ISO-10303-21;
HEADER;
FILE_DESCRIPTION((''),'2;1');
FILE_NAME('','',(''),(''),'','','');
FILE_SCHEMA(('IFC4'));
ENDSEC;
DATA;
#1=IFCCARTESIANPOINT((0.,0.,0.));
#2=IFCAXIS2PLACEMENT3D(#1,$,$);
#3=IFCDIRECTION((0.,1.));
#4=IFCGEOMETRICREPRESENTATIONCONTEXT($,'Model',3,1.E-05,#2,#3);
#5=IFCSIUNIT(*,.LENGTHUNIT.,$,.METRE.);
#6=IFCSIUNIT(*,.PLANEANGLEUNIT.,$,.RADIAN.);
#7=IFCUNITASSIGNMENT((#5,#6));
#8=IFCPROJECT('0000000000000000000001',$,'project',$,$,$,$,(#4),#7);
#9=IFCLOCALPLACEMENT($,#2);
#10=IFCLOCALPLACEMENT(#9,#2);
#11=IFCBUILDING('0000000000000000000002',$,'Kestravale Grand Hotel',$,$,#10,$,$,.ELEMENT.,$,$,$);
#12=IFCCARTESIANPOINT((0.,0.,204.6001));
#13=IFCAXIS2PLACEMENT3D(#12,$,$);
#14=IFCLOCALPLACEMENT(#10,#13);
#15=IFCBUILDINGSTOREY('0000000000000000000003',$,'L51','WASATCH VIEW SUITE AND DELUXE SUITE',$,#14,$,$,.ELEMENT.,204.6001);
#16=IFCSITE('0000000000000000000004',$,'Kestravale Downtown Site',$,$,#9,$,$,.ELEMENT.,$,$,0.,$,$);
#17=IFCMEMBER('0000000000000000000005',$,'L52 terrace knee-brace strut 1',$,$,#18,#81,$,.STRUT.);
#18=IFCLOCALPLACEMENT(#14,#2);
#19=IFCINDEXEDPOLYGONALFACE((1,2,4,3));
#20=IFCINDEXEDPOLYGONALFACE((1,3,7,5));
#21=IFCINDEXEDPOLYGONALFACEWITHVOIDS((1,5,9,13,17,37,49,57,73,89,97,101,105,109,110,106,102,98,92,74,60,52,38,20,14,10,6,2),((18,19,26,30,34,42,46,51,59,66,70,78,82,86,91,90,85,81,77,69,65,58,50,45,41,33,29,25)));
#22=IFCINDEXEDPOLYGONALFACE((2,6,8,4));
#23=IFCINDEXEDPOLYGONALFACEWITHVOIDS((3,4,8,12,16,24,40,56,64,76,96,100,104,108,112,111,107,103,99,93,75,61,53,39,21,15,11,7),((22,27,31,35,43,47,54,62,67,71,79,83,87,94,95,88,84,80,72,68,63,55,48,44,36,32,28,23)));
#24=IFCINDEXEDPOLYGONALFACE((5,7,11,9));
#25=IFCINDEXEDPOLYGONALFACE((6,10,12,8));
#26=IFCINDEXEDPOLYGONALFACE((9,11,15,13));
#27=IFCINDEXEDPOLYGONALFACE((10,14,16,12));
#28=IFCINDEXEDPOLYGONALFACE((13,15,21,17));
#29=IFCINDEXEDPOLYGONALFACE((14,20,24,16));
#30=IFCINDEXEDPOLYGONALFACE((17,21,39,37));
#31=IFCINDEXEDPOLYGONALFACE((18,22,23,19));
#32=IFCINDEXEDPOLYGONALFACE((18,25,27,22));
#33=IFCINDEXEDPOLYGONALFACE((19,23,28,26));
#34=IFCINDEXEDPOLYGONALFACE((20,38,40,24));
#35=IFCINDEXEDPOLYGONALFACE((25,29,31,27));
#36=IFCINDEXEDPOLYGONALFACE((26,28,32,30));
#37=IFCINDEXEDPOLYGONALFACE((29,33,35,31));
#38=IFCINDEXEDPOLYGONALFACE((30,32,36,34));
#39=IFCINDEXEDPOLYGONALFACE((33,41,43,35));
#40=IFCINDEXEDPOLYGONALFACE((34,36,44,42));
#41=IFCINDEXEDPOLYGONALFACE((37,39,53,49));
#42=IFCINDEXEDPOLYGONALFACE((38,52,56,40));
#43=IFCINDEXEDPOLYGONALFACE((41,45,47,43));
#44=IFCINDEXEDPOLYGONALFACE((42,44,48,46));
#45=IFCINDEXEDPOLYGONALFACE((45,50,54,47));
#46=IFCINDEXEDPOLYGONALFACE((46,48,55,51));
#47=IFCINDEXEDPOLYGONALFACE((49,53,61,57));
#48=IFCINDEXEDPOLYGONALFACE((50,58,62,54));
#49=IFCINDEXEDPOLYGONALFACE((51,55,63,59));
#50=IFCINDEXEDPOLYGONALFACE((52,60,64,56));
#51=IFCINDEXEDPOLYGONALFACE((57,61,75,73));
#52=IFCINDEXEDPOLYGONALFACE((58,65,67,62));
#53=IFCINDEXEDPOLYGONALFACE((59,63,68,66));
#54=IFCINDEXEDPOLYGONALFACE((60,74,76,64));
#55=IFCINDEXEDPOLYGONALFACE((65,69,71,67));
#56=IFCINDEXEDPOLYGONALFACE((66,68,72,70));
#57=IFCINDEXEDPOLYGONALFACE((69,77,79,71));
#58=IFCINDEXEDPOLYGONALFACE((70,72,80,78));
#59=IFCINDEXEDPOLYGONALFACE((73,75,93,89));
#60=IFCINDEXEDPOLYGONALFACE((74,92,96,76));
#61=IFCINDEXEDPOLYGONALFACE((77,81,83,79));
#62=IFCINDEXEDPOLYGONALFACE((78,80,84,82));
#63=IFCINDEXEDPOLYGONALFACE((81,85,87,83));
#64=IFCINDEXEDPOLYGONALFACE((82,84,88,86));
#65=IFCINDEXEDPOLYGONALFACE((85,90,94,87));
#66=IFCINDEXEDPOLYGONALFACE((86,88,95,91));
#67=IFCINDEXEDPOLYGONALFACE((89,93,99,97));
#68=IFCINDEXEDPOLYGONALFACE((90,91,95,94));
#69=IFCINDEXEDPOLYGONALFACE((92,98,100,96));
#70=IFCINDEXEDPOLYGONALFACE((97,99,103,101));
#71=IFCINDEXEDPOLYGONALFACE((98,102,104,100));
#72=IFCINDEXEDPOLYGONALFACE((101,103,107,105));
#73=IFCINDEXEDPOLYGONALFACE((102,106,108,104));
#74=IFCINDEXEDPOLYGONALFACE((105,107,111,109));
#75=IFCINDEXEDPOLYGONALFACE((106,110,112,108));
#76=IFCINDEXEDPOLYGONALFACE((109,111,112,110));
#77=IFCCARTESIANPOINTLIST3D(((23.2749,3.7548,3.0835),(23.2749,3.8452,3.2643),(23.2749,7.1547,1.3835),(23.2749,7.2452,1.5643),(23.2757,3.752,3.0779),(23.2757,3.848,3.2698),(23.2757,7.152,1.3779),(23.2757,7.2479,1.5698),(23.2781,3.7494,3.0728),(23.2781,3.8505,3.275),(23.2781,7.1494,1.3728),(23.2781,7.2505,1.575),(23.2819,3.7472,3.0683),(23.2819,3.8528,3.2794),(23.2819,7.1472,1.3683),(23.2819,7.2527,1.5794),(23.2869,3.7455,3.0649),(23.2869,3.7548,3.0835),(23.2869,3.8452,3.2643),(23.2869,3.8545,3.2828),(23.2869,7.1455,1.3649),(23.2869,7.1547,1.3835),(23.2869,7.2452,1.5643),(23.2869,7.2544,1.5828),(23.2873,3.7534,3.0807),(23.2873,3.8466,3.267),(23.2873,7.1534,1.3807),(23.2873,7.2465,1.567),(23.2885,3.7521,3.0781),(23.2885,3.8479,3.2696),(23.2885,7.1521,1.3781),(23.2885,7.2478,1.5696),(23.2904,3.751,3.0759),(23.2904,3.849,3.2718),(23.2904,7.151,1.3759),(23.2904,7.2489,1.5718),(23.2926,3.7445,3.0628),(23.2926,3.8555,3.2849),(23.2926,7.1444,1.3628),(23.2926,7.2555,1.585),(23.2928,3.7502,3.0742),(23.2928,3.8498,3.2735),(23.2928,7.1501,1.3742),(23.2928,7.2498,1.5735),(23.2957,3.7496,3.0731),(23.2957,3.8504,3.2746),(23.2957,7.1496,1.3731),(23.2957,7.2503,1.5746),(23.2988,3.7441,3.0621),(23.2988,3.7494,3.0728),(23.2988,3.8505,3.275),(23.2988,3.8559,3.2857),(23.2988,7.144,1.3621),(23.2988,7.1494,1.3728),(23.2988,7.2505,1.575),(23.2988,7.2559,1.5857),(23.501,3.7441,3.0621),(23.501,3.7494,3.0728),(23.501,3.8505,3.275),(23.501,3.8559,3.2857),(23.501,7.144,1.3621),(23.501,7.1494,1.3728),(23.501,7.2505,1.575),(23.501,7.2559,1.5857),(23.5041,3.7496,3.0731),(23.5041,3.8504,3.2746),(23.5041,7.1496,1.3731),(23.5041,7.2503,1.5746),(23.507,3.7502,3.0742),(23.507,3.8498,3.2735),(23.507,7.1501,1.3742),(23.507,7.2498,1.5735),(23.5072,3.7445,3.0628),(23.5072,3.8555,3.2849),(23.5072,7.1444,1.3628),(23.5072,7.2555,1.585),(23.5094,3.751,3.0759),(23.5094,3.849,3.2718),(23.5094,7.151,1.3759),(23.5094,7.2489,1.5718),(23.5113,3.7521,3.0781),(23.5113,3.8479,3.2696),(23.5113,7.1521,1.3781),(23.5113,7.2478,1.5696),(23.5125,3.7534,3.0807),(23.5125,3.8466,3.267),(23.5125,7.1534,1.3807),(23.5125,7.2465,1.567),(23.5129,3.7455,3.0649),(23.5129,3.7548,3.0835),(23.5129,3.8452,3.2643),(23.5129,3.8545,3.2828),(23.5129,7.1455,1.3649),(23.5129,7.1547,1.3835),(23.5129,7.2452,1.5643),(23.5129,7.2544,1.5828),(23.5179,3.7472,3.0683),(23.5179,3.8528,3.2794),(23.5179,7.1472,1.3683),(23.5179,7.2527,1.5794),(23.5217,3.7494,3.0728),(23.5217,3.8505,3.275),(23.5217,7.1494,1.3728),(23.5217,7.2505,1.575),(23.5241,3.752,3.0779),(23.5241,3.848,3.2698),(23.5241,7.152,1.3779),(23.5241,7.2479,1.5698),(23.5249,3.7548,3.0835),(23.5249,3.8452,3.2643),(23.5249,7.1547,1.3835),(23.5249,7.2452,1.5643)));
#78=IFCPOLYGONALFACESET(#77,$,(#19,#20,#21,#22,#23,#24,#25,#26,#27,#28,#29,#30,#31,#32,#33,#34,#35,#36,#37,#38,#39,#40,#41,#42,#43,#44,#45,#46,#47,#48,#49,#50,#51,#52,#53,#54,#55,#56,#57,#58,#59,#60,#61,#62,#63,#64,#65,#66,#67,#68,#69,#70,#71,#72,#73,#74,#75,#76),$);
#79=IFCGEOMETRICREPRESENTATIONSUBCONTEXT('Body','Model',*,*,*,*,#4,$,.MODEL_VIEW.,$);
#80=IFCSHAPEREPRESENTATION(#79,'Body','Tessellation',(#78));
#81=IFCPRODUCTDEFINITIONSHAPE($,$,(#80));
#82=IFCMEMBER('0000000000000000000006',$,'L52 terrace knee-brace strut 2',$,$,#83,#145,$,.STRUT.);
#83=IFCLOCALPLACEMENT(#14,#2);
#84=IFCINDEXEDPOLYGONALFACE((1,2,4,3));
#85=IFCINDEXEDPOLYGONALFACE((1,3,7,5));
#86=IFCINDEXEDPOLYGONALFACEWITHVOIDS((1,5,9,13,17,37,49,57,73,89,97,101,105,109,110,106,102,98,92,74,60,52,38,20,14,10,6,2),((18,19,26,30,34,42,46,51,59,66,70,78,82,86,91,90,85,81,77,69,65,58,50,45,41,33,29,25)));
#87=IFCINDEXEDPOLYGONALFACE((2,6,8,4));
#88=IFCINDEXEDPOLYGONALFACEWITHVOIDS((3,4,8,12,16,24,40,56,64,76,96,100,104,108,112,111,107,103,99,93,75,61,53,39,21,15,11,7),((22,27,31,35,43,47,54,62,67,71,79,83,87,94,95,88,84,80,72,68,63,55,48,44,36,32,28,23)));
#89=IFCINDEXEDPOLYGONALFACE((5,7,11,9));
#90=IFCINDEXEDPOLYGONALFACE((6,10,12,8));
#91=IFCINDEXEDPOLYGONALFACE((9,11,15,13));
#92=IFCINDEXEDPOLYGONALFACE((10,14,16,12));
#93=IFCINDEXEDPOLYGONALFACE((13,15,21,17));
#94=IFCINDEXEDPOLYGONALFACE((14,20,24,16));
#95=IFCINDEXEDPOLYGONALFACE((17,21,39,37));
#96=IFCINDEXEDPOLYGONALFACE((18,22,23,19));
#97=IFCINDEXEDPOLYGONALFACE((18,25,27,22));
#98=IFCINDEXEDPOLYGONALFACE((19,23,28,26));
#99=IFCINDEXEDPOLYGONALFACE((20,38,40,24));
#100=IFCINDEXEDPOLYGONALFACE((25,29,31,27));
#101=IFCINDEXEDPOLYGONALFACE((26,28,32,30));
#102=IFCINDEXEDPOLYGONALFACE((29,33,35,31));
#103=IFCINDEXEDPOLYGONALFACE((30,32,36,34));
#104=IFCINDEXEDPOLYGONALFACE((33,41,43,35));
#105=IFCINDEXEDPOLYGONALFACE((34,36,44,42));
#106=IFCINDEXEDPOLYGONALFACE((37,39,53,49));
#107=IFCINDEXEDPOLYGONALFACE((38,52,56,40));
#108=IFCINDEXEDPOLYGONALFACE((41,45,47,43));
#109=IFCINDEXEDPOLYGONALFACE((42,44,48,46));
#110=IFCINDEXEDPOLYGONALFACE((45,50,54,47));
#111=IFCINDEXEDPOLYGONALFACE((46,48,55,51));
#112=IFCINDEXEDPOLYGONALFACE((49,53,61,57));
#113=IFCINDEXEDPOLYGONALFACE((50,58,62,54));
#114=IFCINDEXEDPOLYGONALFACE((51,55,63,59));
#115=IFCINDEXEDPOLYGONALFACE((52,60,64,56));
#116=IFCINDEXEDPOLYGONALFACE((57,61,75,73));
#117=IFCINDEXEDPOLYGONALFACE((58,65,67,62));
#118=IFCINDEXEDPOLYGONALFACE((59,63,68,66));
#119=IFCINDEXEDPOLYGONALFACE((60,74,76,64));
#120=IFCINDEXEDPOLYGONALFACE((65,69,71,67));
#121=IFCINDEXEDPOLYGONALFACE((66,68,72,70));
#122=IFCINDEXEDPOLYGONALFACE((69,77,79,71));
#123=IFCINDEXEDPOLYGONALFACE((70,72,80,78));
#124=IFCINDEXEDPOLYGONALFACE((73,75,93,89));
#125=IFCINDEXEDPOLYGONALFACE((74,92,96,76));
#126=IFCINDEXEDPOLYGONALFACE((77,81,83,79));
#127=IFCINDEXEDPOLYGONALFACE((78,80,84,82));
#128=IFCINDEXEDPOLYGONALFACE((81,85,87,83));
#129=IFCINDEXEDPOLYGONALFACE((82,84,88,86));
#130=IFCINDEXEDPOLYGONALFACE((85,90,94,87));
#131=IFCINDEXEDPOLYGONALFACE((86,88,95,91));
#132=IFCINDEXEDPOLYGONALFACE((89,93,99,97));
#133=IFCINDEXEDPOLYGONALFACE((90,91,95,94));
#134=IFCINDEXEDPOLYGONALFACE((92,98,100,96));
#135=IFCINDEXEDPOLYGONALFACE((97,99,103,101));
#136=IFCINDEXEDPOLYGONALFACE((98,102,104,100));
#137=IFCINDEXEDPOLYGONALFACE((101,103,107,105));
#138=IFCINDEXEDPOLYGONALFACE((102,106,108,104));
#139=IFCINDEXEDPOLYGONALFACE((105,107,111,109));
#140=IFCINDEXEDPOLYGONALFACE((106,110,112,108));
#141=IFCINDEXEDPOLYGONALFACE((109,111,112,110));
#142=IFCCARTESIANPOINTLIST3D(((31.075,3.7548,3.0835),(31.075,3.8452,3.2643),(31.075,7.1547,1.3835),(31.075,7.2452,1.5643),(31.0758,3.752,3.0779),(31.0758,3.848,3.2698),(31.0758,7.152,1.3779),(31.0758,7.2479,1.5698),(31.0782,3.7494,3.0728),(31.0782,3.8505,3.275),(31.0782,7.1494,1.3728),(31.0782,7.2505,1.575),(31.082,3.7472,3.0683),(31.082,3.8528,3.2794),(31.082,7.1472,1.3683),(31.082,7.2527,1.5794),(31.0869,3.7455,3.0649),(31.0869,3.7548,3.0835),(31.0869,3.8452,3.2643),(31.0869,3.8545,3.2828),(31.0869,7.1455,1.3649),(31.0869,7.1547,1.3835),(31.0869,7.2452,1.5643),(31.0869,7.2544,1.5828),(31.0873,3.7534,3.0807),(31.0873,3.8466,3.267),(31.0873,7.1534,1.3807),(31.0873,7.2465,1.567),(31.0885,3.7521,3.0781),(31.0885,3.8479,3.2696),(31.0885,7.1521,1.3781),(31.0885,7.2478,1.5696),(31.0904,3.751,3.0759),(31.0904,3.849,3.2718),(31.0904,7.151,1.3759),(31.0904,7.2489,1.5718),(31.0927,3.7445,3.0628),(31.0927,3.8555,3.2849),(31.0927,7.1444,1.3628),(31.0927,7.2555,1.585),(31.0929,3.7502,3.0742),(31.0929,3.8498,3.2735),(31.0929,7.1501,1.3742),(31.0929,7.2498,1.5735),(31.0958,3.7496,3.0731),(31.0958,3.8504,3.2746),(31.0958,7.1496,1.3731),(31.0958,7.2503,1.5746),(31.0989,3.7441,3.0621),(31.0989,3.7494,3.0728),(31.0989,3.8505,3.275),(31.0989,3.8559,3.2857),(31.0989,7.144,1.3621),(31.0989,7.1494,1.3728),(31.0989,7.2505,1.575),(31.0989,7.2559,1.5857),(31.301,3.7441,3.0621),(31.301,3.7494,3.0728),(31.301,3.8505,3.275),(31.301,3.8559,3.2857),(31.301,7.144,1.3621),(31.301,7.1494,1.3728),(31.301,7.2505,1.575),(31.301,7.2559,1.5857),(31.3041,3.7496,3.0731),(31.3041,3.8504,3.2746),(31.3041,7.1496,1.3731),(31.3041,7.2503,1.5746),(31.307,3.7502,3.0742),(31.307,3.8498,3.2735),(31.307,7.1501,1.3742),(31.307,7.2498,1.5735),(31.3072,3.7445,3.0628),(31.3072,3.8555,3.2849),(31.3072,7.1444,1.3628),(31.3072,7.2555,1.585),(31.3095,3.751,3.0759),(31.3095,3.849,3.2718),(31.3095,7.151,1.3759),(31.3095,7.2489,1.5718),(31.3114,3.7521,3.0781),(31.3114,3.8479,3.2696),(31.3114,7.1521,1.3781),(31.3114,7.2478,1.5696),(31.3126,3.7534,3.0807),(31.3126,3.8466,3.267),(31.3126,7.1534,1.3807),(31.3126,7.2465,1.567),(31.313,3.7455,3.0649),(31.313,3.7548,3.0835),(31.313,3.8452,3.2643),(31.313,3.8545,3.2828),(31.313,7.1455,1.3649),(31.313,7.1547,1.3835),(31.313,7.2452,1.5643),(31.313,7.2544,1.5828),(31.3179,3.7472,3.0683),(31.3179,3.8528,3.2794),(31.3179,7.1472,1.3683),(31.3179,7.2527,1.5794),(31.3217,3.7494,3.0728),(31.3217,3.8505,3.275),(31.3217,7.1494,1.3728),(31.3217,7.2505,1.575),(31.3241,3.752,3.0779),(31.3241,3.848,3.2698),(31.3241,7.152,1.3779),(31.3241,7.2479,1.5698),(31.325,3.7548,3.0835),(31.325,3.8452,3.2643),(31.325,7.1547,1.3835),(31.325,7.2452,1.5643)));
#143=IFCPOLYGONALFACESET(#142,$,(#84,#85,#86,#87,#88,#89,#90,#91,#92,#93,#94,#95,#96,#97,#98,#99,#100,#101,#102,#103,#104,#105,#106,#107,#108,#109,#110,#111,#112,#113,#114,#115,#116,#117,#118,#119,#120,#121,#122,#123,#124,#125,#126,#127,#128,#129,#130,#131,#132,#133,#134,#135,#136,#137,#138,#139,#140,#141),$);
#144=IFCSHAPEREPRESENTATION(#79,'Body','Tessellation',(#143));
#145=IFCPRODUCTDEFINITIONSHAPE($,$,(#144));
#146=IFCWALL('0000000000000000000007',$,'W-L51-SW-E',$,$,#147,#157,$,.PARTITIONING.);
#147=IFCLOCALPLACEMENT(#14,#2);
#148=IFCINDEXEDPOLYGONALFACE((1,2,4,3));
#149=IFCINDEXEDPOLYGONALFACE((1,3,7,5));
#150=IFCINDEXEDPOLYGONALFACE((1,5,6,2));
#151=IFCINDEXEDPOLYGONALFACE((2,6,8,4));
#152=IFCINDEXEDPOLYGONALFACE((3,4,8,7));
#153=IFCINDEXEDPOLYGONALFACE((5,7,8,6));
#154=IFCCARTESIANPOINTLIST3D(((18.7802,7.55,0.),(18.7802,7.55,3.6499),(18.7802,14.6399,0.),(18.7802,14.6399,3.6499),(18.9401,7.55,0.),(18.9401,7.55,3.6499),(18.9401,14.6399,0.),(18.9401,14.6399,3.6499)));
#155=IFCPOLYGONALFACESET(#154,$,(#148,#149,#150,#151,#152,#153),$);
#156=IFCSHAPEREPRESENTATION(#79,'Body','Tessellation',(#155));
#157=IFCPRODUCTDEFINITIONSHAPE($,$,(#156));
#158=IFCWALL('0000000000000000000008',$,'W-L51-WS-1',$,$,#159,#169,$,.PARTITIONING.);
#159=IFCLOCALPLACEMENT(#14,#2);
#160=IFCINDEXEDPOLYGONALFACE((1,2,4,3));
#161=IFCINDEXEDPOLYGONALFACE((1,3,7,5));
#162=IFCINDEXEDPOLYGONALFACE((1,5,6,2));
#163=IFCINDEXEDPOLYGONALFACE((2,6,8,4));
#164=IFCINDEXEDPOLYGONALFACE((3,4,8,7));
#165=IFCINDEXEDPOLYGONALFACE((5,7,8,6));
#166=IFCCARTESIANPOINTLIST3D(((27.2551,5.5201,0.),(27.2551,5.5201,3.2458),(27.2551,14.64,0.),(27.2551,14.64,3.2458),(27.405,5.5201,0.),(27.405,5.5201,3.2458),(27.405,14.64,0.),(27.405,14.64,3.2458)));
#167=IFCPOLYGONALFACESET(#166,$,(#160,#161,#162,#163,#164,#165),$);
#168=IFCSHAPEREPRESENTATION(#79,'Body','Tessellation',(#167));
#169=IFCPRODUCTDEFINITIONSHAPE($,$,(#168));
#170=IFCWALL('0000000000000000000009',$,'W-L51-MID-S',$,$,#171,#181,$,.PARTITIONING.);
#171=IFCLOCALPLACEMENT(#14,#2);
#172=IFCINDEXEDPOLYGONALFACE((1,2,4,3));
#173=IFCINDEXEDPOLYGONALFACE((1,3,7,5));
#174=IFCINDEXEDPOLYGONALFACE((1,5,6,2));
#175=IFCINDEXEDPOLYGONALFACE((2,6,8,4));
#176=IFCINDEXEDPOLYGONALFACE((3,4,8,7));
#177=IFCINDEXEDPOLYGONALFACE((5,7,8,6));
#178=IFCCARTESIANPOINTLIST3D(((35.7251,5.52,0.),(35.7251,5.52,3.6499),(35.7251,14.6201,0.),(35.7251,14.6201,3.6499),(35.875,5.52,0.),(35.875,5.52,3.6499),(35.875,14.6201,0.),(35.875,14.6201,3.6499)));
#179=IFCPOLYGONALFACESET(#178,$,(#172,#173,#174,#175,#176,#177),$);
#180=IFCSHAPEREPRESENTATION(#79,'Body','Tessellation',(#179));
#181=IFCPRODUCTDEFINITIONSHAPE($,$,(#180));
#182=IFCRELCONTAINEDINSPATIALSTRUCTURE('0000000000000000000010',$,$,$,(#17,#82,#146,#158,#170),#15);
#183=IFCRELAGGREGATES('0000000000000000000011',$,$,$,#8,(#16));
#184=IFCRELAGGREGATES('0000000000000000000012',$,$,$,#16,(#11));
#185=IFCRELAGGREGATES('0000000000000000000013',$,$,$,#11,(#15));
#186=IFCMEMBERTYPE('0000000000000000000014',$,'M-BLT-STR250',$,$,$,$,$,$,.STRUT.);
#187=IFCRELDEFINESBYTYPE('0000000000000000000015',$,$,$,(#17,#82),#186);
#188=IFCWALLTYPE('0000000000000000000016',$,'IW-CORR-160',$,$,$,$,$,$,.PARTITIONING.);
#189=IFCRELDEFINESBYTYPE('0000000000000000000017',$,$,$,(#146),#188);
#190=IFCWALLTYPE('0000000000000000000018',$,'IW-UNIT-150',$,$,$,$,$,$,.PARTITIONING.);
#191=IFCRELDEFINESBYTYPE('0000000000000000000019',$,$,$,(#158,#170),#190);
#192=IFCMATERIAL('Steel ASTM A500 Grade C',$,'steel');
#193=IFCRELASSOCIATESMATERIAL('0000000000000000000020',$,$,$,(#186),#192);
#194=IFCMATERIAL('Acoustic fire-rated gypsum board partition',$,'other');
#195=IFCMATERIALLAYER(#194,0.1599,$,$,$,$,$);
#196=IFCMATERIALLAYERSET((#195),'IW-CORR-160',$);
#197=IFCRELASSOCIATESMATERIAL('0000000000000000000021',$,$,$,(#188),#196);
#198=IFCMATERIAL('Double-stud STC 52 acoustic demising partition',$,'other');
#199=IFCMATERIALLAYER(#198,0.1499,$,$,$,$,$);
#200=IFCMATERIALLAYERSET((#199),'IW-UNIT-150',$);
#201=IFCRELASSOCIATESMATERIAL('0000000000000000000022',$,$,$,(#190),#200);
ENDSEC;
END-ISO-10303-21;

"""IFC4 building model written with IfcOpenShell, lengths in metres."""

from ifc_helpers import new_model, si_unit, direction, frame, frame_2d, origin, origin_2d, place, context, subcontext, project, spatial, rectangle, hollow_rectangle, extrude, material, layer, layer_set, material_profile, profile_set, type_object, element, save


model = new_model("IFC4")

# Units and contexts
model_context = context("Model", 3, precision=1e-05, world=origin(), true_north=direction((0.0, 1.0)))
body_context = subcontext(model_context, "Body", "Model", "MODEL_VIEW")
ifc_project = project(units=[si_unit("LENGTHUNIT", "METRE"), si_unit("PLANEANGLEUNIT", "RADIAN")], contexts=[model_context])

# Site, building, storey
site_placement = place(None, origin())
site = spatial("IfcSite", under=ifc_project, at=site_placement, Name="Kestravale Downtown Site", CompositionType="ELEMENT", RefElevation=0.0)
building_placement = place(site_placement, origin())
building = spatial("IfcBuilding", under=site, at=building_placement, Name="Kestravale Grand Hotel", CompositionType="ELEMENT")
storey_placement = place(building_placement, frame((0.0, 0.0, 204.6001)))
storey = spatial("IfcBuildingStorey", under=building, at=storey_placement, Name="L51", Description="WASATCH VIEW SUITE AND DELUXE SUITE", CompositionType="ELEMENT", Elevation=204.6001)

# Members
ifc_material_1 = material(Name="Steel ASTM A500 Grade C", Category="steel")
ifc_material_profile_1 = material_profile(ifc_material_1, hollow_rectangle(XDim=0.25, YDim=0.25, WallThickness=0.012, InnerFilletRadius=0.012, OuterFilletRadius=0.0239, at=origin_2d()))
ifc_profile_set_1 = profile_set([ifc_material_profile_1], Name="Steel ASTM A500 Grade C")
member_type = type_object("IfcMemberType", Name="M-BLT-STR250", PredefinedType="STRUT", material=ifc_profile_set_1)
for number, where, z_axis, x_axis, name in (
    (1, (23.3999, 7.2, 1.4739), (0.0, -0.894427, 0.447214), (1.0, 0.0, 0.0), "L52 terrace knee-brace strut 1"),
    (2, (31.2, 7.2, 1.4739), (0.0, -0.894427, 0.447214), (1.0, 0.0, 0.0), "L52 terrace knee-brace strut 2"),
):
    element("IfcMember", number, at=place(storey_placement, frame(where, z_axis=z_axis, x_axis=x_axis)), inside=storey, type_object=member_type, Name=name, PredefinedType="STRUT", context=body_context, shape_type="SweptSolid", body=[
        extrude(hollow_rectangle(XDim=0.25, YDim=0.25, WallThickness=0.012, InnerFilletRadius=0.012, OuterFilletRadius=0.0239, at=origin_2d()), origin(), (0.0, 0.0, 1.0), 3.8013),
    ])

# Walls
ifc_material_2 = material(Name="Acoustic fire-rated gypsum board partition", Category="other")
ifc_layer_1 = layer(ifc_material_2, 0.1599)
ifc_layer_set_1 = layer_set([ifc_layer_1], Name="IW-CORR-160")
wall_type_1 = type_object("IfcWallType", Name="IW-CORR-160", PredefinedType="PARTITIONING", material=ifc_layer_set_1)
wall_1_placement = place(storey_placement, frame((18.8601, 7.55, 0.0), z_axis=(0.0, 0.0, 1.0), x_axis=(0.0, 1.0, 0.0)))
element("IfcWall", 3, at=wall_1_placement, inside=storey, type_object=wall_type_1, Name="W-L51-SW-E", PredefinedType="PARTITIONING", context=body_context, shape_type="SweptSolid", body=[
    extrude(rectangle(XDim=7.0898, YDim=0.1599, at=frame_2d((3.5449, 0.0))), origin(), (0.0, 0.0, 1.0), 3.6499),
])
ifc_material_3 = material(Name="Double-stud STC 52 acoustic demising partition", Category="other")
ifc_layer_2 = layer(ifc_material_3, 0.1499)
ifc_layer_set_2 = layer_set([ifc_layer_2], Name="IW-UNIT-150")
wall_type_2 = type_object("IfcWallType", Name="IW-UNIT-150", PredefinedType="PARTITIONING", material=ifc_layer_set_2)
wall_2_placement = place(storey_placement, frame((27.3301, 5.52, 0.0), z_axis=(0.0, 0.0, 1.0), x_axis=(0.0, 1.0, 0.0)))
element("IfcWall", 4, at=wall_2_placement, inside=storey, type_object=wall_type_2, Name="W-L51-WS-1", PredefinedType="PARTITIONING", context=body_context, shape_type="SweptSolid", body=[
    extrude(rectangle(XDim=9.1199, YDim=0.1499, at=frame_2d((4.5601, 0.0))), origin(), (0.0, 0.0, 1.0), 3.2458),
])
wall_3_placement = place(storey_placement, frame((35.8, 5.52, 0.0), z_axis=(0.0, 0.0, 1.0), x_axis=(0.0, 1.0, 0.0)))
element("IfcWall", 5, at=wall_3_placement, inside=storey, type_object=wall_type_2, Name="W-L51-MID-S", PredefinedType="PARTITIONING", context=body_context, shape_type="SweptSolid", body=[
    extrude(rectangle(XDim=9.1001, YDim=0.1499, at=frame_2d((4.55, 0.0))), origin(), (0.0, 0.0, 1.0), 3.6499),
])

save(model, "model.ifc")
